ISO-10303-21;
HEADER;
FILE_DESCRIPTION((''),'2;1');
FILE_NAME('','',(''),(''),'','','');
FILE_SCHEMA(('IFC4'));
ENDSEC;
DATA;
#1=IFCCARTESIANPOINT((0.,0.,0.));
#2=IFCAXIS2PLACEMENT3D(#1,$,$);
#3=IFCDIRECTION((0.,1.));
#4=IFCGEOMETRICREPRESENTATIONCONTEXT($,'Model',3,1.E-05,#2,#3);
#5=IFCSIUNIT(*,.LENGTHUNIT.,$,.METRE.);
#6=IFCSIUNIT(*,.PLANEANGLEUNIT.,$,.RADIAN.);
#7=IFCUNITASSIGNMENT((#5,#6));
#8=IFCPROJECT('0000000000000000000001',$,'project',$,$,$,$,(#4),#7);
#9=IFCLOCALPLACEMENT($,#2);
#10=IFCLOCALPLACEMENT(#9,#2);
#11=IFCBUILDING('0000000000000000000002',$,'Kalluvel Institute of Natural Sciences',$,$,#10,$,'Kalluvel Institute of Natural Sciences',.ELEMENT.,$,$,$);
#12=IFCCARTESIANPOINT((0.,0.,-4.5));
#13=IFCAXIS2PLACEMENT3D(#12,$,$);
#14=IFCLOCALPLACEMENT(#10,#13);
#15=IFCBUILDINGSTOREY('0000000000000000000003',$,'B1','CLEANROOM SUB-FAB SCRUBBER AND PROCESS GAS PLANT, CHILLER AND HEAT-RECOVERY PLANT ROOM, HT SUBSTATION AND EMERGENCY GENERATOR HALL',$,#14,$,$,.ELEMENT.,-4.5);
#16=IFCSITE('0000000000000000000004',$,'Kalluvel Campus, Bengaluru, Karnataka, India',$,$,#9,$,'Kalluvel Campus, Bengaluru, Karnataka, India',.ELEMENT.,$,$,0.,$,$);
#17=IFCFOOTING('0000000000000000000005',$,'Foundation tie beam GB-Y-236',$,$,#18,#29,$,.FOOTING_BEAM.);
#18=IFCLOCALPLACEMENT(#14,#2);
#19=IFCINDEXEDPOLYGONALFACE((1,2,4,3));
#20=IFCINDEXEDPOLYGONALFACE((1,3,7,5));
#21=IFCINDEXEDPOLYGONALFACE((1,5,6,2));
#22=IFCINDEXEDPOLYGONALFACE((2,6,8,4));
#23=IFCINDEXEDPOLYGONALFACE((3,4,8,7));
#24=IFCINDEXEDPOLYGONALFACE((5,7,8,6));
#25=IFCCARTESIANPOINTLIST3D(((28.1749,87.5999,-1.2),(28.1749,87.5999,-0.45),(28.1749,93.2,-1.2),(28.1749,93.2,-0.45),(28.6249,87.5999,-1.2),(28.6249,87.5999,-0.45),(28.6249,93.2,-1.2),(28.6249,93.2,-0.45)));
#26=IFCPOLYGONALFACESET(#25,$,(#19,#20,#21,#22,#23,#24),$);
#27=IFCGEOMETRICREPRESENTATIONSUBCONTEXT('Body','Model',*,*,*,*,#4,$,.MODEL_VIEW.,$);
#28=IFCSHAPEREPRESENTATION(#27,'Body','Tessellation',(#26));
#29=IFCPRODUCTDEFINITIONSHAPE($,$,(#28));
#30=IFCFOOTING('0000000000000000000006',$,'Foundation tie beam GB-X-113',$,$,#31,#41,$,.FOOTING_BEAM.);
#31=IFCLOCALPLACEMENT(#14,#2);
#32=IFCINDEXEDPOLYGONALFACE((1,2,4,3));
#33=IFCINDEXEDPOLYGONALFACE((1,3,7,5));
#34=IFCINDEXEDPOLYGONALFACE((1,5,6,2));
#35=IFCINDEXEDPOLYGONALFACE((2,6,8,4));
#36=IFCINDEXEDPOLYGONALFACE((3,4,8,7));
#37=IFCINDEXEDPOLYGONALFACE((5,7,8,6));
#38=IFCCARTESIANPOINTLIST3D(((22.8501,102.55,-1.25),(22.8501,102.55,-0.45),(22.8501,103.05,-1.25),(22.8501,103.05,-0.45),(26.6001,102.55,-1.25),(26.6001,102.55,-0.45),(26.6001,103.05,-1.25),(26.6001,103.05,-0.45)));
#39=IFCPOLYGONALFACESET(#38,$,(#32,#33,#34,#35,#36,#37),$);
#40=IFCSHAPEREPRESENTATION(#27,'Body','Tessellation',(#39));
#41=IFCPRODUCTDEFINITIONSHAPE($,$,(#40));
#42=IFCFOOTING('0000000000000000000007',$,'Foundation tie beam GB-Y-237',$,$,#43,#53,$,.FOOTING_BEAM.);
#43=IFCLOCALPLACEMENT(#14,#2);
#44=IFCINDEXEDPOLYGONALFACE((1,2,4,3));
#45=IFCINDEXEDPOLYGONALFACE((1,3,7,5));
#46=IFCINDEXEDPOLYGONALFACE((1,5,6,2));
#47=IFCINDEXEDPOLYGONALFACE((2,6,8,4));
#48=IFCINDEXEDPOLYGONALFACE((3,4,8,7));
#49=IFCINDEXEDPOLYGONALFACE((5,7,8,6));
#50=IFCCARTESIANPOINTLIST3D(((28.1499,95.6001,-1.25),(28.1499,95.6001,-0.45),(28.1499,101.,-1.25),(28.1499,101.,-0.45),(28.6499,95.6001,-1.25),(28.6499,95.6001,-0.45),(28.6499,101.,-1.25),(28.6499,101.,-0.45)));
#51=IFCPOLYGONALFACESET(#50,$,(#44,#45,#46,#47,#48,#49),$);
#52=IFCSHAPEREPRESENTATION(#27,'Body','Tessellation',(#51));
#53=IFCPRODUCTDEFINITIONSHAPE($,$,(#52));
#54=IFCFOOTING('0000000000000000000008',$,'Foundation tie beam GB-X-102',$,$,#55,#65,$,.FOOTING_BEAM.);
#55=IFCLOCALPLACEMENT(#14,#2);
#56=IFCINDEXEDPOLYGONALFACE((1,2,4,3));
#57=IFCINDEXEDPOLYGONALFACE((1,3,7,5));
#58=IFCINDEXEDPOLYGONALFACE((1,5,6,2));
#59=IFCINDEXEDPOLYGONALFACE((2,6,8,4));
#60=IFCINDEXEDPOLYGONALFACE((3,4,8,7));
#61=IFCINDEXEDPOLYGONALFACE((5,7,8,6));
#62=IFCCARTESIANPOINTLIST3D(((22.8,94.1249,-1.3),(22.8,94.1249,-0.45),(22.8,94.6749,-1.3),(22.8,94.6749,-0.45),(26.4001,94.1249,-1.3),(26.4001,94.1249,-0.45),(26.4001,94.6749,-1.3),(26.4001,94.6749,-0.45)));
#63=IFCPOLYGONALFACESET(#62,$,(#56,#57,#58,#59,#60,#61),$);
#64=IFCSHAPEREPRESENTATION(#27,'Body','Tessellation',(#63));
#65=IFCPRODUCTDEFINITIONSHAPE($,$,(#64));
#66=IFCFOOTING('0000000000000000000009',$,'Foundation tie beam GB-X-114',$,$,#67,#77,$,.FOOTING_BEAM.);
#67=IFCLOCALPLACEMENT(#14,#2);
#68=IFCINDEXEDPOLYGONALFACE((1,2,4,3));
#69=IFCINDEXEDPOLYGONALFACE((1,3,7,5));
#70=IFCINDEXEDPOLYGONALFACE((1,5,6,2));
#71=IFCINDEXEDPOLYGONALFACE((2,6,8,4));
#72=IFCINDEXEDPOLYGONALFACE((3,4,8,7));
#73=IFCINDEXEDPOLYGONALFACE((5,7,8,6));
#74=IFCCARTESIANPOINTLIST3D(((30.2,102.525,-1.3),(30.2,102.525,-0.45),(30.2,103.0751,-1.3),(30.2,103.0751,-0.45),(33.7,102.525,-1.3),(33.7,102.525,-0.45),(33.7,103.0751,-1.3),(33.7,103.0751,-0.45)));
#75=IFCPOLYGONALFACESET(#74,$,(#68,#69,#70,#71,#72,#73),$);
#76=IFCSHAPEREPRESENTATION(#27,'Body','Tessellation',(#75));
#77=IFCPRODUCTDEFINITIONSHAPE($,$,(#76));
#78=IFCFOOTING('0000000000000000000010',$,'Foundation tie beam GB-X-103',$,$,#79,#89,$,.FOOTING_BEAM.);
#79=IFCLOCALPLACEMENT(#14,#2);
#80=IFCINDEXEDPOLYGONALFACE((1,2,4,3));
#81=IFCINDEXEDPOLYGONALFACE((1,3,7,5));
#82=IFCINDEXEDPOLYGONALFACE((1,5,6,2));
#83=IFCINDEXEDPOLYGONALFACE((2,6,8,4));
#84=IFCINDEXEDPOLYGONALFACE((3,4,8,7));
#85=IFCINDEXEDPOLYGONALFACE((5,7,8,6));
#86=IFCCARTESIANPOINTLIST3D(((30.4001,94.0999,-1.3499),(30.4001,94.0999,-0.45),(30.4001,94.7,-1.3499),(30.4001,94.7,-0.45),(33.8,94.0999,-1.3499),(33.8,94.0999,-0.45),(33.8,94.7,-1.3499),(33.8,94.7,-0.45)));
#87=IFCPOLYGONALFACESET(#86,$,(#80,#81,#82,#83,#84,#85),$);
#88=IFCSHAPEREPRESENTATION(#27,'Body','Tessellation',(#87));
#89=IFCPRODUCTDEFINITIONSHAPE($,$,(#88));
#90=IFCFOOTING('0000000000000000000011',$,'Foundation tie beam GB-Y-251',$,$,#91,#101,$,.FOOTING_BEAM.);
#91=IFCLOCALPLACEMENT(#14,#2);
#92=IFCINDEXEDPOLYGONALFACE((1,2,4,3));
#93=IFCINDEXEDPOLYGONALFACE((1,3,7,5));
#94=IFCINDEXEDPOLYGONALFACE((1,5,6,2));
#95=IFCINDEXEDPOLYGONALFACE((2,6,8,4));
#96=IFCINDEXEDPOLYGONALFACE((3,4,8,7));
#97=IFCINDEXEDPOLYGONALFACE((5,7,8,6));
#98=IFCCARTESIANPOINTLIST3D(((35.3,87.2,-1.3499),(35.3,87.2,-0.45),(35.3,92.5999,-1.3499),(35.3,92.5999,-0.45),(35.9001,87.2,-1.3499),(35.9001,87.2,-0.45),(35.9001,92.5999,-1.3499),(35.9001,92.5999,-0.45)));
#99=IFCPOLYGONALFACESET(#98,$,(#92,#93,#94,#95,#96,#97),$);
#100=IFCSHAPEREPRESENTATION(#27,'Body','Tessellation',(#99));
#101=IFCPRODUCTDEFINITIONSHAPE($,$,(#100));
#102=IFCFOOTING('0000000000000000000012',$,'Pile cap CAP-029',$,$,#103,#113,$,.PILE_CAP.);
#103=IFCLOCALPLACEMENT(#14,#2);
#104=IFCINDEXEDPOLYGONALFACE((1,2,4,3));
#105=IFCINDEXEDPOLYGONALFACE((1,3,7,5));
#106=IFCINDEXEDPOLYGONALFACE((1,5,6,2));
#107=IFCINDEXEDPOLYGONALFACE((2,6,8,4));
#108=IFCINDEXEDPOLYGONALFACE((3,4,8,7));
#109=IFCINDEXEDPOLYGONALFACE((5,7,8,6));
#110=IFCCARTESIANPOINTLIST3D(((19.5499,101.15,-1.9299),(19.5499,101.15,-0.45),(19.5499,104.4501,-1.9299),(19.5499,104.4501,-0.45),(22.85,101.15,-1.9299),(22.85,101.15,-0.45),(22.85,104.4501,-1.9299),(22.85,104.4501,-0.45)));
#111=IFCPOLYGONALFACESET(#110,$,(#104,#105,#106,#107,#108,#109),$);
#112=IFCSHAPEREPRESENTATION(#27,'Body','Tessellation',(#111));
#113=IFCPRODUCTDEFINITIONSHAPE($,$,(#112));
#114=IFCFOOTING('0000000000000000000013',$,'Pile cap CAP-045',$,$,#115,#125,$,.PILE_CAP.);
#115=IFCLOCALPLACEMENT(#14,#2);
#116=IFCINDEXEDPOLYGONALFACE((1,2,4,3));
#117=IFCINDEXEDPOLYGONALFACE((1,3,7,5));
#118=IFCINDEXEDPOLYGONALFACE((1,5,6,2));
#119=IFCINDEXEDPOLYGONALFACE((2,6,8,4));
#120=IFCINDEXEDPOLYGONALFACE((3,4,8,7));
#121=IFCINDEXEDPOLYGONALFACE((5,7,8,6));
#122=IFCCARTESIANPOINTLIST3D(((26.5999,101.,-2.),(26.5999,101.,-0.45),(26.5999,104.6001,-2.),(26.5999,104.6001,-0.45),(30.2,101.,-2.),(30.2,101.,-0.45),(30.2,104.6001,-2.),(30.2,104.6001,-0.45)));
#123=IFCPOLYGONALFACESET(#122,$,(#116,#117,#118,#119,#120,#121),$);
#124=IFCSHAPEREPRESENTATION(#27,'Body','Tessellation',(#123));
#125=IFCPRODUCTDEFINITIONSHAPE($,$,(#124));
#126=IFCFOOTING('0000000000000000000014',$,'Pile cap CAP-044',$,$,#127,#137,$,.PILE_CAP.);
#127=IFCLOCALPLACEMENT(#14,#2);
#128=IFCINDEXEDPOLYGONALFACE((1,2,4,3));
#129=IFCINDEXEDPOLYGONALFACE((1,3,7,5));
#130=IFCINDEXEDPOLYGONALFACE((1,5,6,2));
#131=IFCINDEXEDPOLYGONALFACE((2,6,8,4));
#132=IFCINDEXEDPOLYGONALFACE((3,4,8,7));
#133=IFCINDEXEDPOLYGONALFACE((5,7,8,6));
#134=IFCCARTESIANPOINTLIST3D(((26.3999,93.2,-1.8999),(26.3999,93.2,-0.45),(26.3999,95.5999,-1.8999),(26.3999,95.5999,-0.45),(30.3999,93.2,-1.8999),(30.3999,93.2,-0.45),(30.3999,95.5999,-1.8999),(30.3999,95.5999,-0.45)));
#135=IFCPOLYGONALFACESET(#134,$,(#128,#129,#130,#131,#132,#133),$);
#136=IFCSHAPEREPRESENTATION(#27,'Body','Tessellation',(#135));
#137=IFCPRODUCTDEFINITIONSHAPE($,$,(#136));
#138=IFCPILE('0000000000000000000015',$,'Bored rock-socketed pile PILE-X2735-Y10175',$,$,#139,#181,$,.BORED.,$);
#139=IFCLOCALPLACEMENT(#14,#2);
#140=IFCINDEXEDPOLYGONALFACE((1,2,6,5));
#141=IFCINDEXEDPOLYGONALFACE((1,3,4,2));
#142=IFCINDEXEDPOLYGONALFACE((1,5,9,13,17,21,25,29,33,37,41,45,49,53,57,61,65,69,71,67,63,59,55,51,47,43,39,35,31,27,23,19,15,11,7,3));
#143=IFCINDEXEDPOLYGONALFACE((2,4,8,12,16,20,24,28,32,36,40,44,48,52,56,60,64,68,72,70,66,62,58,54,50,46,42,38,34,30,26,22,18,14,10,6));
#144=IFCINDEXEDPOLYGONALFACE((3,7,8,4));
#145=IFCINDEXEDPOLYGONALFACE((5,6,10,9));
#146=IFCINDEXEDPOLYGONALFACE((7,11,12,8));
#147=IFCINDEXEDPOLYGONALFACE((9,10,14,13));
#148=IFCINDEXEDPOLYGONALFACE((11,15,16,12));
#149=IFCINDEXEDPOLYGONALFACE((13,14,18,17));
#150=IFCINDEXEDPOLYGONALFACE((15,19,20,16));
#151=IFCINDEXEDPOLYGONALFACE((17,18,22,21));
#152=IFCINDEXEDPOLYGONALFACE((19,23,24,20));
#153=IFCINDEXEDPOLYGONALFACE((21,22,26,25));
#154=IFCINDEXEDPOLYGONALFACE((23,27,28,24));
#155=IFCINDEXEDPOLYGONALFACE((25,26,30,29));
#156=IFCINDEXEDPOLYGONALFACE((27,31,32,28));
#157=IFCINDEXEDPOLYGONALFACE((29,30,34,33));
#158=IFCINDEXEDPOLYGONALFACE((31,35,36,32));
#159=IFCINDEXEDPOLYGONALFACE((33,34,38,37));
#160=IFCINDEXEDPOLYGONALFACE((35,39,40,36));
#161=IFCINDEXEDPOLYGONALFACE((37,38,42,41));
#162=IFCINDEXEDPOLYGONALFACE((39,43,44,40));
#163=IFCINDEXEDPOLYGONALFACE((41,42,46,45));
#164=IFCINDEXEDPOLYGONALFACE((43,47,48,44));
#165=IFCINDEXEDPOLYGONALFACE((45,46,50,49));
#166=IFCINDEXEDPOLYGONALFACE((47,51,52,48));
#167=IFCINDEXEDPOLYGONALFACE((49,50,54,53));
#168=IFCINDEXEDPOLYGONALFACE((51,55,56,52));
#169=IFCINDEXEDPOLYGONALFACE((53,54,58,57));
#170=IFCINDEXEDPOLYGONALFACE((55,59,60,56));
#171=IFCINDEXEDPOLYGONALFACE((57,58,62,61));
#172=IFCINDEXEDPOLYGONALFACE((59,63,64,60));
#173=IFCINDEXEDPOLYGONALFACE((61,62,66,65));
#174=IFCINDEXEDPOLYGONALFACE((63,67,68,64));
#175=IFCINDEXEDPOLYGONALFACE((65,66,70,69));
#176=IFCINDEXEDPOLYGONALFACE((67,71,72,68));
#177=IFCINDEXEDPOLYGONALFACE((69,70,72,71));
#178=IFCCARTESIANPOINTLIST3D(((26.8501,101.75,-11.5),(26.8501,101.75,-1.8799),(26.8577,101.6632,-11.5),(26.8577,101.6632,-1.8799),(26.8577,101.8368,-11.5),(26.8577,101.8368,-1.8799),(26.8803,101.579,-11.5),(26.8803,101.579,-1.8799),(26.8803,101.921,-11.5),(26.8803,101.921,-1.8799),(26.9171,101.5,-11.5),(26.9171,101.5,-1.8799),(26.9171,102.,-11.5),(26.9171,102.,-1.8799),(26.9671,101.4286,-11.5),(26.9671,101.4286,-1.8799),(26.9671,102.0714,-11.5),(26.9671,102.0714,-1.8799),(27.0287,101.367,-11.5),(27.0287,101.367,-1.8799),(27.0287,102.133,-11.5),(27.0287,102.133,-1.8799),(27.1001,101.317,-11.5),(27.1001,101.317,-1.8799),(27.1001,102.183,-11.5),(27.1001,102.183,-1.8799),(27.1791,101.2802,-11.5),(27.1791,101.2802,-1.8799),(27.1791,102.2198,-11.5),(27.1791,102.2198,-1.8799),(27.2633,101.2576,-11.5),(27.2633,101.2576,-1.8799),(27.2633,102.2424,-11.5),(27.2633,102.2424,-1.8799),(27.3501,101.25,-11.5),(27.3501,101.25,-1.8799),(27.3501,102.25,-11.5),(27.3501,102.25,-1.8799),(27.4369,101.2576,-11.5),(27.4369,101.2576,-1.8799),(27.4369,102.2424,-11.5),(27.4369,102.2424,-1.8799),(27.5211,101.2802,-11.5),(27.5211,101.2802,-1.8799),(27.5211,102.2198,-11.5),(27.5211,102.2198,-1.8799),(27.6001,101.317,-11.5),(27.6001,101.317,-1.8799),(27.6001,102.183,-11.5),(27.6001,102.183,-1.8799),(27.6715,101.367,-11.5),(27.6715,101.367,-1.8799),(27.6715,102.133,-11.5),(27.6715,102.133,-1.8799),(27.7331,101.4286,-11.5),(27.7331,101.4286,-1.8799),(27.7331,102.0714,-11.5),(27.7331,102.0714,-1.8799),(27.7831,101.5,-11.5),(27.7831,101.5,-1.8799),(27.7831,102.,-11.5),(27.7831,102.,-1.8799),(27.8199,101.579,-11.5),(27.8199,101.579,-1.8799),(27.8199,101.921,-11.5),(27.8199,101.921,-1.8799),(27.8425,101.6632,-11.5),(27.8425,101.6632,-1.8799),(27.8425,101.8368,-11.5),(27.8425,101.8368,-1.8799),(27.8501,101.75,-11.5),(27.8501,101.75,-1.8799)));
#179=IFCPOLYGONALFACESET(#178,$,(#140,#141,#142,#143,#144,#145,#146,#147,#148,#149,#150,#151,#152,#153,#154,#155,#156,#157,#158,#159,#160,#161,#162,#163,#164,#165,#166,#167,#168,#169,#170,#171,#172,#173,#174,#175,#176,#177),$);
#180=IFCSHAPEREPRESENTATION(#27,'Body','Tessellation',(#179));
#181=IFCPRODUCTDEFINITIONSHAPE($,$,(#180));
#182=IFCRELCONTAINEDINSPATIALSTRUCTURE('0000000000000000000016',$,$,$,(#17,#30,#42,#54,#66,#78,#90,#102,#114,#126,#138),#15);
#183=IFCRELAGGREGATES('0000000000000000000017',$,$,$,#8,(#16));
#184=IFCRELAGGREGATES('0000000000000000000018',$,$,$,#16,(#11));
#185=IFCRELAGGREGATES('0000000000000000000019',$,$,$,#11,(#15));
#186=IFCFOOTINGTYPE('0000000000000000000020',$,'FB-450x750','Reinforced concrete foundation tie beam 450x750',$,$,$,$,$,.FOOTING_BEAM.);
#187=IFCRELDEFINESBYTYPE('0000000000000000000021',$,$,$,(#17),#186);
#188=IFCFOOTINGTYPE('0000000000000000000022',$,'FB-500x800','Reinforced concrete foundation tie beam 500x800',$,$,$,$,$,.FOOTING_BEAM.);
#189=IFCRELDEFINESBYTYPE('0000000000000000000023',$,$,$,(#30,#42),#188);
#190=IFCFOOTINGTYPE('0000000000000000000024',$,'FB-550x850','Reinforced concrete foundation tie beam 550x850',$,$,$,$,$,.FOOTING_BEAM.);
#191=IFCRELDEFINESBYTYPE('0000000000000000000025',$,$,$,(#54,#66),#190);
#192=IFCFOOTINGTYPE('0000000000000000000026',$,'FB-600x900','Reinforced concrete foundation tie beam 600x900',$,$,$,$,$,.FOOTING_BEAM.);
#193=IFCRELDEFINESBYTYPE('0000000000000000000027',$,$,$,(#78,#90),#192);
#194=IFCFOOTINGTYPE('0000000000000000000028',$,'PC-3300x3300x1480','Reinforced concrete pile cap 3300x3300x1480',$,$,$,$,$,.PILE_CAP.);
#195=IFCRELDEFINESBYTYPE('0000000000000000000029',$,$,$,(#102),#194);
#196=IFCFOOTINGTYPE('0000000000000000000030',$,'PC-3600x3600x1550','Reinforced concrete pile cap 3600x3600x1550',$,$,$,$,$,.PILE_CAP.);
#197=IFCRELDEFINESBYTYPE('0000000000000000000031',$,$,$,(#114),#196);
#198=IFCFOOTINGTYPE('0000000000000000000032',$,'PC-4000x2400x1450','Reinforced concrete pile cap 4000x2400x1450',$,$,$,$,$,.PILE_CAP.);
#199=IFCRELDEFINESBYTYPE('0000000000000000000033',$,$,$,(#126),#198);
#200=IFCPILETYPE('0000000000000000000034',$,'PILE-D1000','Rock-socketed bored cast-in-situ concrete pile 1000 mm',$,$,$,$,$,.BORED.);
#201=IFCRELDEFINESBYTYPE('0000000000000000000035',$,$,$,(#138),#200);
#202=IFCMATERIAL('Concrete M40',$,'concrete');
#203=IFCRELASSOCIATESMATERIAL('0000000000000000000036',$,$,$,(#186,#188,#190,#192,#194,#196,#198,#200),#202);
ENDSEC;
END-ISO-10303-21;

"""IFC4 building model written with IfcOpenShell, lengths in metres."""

from ifc_helpers import new_model, si_unit, direction, frame, origin, origin_2d, place, context, subcontext, project, spatial, rectangle, circle, extrude, material, material_profile, profile_set, type_object, element, save


model = new_model("IFC4")

# Units and contexts
model_context = context("Model", 3, precision=1e-05, world=origin(), true_north=direction((0.0, 1.0)))
body_context = subcontext(model_context, "Body", "Model", "MODEL_VIEW")
ifc_project = project(units=[si_unit("LENGTHUNIT", "METRE"), si_unit("PLANEANGLEUNIT", "RADIAN")], contexts=[model_context])

# Site, building, storey
site_placement = place(None, origin())
site = spatial("IfcSite", under=ifc_project, at=site_placement, Name="Kalluvel Campus, Bengaluru, Karnataka, India", LongName="Kalluvel Campus, Bengaluru, Karnataka, India", CompositionType="ELEMENT", RefElevation=0.0)
building_placement = place(site_placement, origin())
building = spatial("IfcBuilding", under=site, at=building_placement, Name="Kalluvel Institute of Natural Sciences", LongName="Kalluvel Institute of Natural Sciences", CompositionType="ELEMENT")
storey_placement = place(building_placement, frame((0.0, 0.0, -4.5)))
storey = spatial("IfcBuildingStorey", under=building, at=storey_placement, Name="B1", Description="CLEANROOM SUB-FAB SCRUBBER AND PROCESS GAS PLANT, CHILLER AND HEAT-RECOVERY PLANT ROOM, HT SUBSTATION AND EMERGENCY GENERATOR HALL", CompositionType="ELEMENT", Elevation=-4.5)

# Footings
ifc_material_1 = material(Name="Concrete M40", Category="concrete")
footing_type_1 = type_object("IfcFootingType", Name="FB-450x750", Description="Reinforced concrete foundation tie beam 450x750", PredefinedType="FOOTING_BEAM", material=ifc_material_1)
footing_1_placement = place(storey_placement, frame((28.3999, 90.3999, -1.2), z_axis=(0.0, 0.0, 1.0), x_axis=(1.0, 0.0, 0.0)))
element("IfcFooting", 1, at=footing_1_placement, inside=storey, type_object=footing_type_1, Name="Foundation tie beam GB-Y-236", PredefinedType="FOOTING_BEAM", context=body_context, shape_type="SweptSolid", body=[
    extrude(rectangle(XDim=0.45, YDim=5.6001, at=origin_2d()), origin(), (0.0, 0.0, 1.0), 0.75),
])
footing_type_2 = type_object("IfcFootingType", Name="FB-500x800", Description="Reinforced concrete foundation tie beam 500x800", PredefinedType="FOOTING_BEAM", material=ifc_material_1)
footing_2_placement = place(storey_placement, frame((24.7251, 102.8, -1.25), z_axis=(0.0, 0.0, 1.0), x_axis=(1.0, 0.0, 0.0)))
element("IfcFooting", 2, at=footing_2_placement, inside=storey, type_object=footing_type_2, Name="Foundation tie beam GB-X-113", PredefinedType="FOOTING_BEAM", context=body_context, shape_type="SweptSolid", body=[
    extrude(rectangle(XDim=3.75, YDim=0.5, at=origin_2d()), origin(), (0.0, 0.0, 1.0), 0.8),
])
footing_3_placement = place(storey_placement, frame((28.3999, 98.3, -1.25), z_axis=(0.0, 0.0, 1.0), x_axis=(1.0, 0.0, 0.0)))
element("IfcFooting", 3, at=footing_3_placement, inside=storey, type_object=footing_type_2, Name="Foundation tie beam GB-Y-237", PredefinedType="FOOTING_BEAM", context=body_context, shape_type="SweptSolid", body=[
    extrude(rectangle(XDim=0.5, YDim=5.3999, at=origin_2d()), origin(), (0.0, 0.0, 1.0), 0.8),
])
footing_type_3 = type_object("IfcFootingType", Name="FB-550x850", Description="Reinforced concrete foundation tie beam 550x850", PredefinedType="FOOTING_BEAM", material=ifc_material_1)
footing_4_placement = place(storey_placement, frame((24.6001, 94.3999, -1.3), z_axis=(0.0, 0.0, 1.0), x_axis=(1.0, 0.0, 0.0)))
element("IfcFooting", 4, at=footing_4_placement, inside=storey, type_object=footing_type_3, Name="Foundation tie beam GB-X-102", PredefinedType="FOOTING_BEAM", context=body_context, shape_type="SweptSolid", body=[
    extrude(rectangle(XDim=3.6001, YDim=0.55, at=origin_2d()), origin(), (0.0, 0.0, 1.0), 0.8501),
])
footing_5_placement = place(storey_placement, frame((31.95, 102.8, -1.3), z_axis=(0.0, 0.0, 1.0), x_axis=(1.0, 0.0, 0.0)))
element("IfcFooting", 5, at=footing_5_placement, inside=storey, type_object=footing_type_3, Name="Foundation tie beam GB-X-114", PredefinedType="FOOTING_BEAM", context=body_context, shape_type="SweptSolid", body=[
    extrude(rectangle(XDim=3.5, YDim=0.55, at=origin_2d()), origin(), (0.0, 0.0, 1.0), 0.8501),
])
footing_type_4 = type_object("IfcFootingType", Name="FB-600x900", Description="Reinforced concrete foundation tie beam 600x900", PredefinedType="FOOTING_BEAM", material=ifc_material_1)
footing_6_placement = place(storey_placement, frame((32.1001, 94.3999, -1.3499), z_axis=(0.0, 0.0, 1.0), x_axis=(1.0, 0.0, 0.0)))
element("IfcFooting", 6, at=footing_6_placement, inside=storey, type_object=footing_type_4, Name="Foundation tie beam GB-X-103", PredefinedType="FOOTING_BEAM", context=body_context, shape_type="SweptSolid", body=[
    extrude(rectangle(XDim=3.3999, YDim=0.6001, at=origin_2d()), origin(), (0.0, 0.0, 1.0), 0.8999),
])
footing_7_placement = place(storey_placement, frame((35.6001, 89.8999, -1.3499), z_axis=(0.0, 0.0, 1.0), x_axis=(1.0, 0.0, 0.0)))
element("IfcFooting", 7, at=footing_7_placement, inside=storey, type_object=footing_type_4, Name="Foundation tie beam GB-Y-251", PredefinedType="FOOTING_BEAM", context=body_context, shape_type="SweptSolid", body=[
    extrude(rectangle(XDim=0.6001, YDim=5.3999, at=origin_2d()), origin(), (0.0, 0.0, 1.0), 0.8999),
])
footing_type_5 = type_object("IfcFootingType", Name="PC-3300x3300x1480", Description="Reinforced concrete pile cap 3300x3300x1480", PredefinedType="PILE_CAP", material=ifc_material_1)
footing_8_placement = place(storey_placement, frame((21.2, 102.8, -1.9299), z_axis=(0.0, 0.0, 1.0), x_axis=(1.0, 0.0, 0.0)))
element("IfcFooting", 8, at=footing_8_placement, inside=storey, type_object=footing_type_5, Name="Pile cap CAP-029", PredefinedType="PILE_CAP", context=body_context, shape_type="SweptSolid", body=[
    extrude(rectangle(XDim=3.3, YDim=3.3, at=origin_2d()), origin(), (0.0, 0.0, 1.0), 1.48),
])
footing_type_6 = type_object("IfcFootingType", Name="PC-3600x3600x1550", Description="Reinforced concrete pile cap 3600x3600x1550", PredefinedType="PILE_CAP", material=ifc_material_1)
footing_9_placement = place(storey_placement, frame((28.3999, 102.8, -2.0), z_axis=(0.0, 0.0, 1.0), x_axis=(1.0, 0.0, 0.0)))
element("IfcFooting", 9, at=footing_9_placement, inside=storey, type_object=footing_type_6, Name="Pile cap CAP-045", PredefinedType="PILE_CAP", context=body_context, shape_type="SweptSolid", body=[
    extrude(rectangle(XDim=3.6001, YDim=3.6001, at=origin_2d()), origin(), (0.0, 0.0, 1.0), 1.55),
])
footing_type_7 = type_object("IfcFootingType", Name="PC-4000x2400x1450", Description="Reinforced concrete pile cap 4000x2400x1450", PredefinedType="PILE_CAP", material=ifc_material_1)
footing_10_placement = place(storey_placement, frame((28.3999, 94.3999, -1.8999), z_axis=(0.0, 0.0, 1.0), x_axis=(1.0, 0.0, 0.0)))
element("IfcFooting", 10, at=footing_10_placement, inside=storey, type_object=footing_type_7, Name="Pile cap CAP-044", PredefinedType="PILE_CAP", context=body_context, shape_type="SweptSolid", body=[
    extrude(rectangle(XDim=4.0, YDim=2.3999, at=origin_2d()), origin(), (0.0, 0.0, 1.0), 1.45),
])

# Pile
ifc_material_profile_1 = material_profile(ifc_material_1, circle(Radius=0.5, at=origin_2d()), Name="PILE D1000")
ifc_profile_set_1 = profile_set([ifc_material_profile_1], Name="Concrete M40")
pile_type_1 = type_object("IfcPileType", Name="PILE-D1000", Description="Rock-socketed bored cast-in-situ concrete pile 1000 mm", PredefinedType="BORED", material=ifc_profile_set_1)
for number, where, z_axis, x_axis, name in (
    (11, (27.3501, 101.75, -1.8799), (0.0, 0.0, -1.0), (1.0, 0.0, 0.0), "Bored rock-socketed pile PILE-X2735-Y10175"),
):
    element("IfcPile", number, at=place(storey_placement, frame(where, z_axis=z_axis, x_axis=x_axis)), inside=storey, type_object=pile_type_1, Name=name, PredefinedType="BORED", context=body_context, shape_type="SweptSolid", body=[
        extrude(circle(Radius=0.5, at=origin_2d()), origin(), (0.0, 0.0, 1.0), 9.6201),
    ])

save(model, "model.ifc")
